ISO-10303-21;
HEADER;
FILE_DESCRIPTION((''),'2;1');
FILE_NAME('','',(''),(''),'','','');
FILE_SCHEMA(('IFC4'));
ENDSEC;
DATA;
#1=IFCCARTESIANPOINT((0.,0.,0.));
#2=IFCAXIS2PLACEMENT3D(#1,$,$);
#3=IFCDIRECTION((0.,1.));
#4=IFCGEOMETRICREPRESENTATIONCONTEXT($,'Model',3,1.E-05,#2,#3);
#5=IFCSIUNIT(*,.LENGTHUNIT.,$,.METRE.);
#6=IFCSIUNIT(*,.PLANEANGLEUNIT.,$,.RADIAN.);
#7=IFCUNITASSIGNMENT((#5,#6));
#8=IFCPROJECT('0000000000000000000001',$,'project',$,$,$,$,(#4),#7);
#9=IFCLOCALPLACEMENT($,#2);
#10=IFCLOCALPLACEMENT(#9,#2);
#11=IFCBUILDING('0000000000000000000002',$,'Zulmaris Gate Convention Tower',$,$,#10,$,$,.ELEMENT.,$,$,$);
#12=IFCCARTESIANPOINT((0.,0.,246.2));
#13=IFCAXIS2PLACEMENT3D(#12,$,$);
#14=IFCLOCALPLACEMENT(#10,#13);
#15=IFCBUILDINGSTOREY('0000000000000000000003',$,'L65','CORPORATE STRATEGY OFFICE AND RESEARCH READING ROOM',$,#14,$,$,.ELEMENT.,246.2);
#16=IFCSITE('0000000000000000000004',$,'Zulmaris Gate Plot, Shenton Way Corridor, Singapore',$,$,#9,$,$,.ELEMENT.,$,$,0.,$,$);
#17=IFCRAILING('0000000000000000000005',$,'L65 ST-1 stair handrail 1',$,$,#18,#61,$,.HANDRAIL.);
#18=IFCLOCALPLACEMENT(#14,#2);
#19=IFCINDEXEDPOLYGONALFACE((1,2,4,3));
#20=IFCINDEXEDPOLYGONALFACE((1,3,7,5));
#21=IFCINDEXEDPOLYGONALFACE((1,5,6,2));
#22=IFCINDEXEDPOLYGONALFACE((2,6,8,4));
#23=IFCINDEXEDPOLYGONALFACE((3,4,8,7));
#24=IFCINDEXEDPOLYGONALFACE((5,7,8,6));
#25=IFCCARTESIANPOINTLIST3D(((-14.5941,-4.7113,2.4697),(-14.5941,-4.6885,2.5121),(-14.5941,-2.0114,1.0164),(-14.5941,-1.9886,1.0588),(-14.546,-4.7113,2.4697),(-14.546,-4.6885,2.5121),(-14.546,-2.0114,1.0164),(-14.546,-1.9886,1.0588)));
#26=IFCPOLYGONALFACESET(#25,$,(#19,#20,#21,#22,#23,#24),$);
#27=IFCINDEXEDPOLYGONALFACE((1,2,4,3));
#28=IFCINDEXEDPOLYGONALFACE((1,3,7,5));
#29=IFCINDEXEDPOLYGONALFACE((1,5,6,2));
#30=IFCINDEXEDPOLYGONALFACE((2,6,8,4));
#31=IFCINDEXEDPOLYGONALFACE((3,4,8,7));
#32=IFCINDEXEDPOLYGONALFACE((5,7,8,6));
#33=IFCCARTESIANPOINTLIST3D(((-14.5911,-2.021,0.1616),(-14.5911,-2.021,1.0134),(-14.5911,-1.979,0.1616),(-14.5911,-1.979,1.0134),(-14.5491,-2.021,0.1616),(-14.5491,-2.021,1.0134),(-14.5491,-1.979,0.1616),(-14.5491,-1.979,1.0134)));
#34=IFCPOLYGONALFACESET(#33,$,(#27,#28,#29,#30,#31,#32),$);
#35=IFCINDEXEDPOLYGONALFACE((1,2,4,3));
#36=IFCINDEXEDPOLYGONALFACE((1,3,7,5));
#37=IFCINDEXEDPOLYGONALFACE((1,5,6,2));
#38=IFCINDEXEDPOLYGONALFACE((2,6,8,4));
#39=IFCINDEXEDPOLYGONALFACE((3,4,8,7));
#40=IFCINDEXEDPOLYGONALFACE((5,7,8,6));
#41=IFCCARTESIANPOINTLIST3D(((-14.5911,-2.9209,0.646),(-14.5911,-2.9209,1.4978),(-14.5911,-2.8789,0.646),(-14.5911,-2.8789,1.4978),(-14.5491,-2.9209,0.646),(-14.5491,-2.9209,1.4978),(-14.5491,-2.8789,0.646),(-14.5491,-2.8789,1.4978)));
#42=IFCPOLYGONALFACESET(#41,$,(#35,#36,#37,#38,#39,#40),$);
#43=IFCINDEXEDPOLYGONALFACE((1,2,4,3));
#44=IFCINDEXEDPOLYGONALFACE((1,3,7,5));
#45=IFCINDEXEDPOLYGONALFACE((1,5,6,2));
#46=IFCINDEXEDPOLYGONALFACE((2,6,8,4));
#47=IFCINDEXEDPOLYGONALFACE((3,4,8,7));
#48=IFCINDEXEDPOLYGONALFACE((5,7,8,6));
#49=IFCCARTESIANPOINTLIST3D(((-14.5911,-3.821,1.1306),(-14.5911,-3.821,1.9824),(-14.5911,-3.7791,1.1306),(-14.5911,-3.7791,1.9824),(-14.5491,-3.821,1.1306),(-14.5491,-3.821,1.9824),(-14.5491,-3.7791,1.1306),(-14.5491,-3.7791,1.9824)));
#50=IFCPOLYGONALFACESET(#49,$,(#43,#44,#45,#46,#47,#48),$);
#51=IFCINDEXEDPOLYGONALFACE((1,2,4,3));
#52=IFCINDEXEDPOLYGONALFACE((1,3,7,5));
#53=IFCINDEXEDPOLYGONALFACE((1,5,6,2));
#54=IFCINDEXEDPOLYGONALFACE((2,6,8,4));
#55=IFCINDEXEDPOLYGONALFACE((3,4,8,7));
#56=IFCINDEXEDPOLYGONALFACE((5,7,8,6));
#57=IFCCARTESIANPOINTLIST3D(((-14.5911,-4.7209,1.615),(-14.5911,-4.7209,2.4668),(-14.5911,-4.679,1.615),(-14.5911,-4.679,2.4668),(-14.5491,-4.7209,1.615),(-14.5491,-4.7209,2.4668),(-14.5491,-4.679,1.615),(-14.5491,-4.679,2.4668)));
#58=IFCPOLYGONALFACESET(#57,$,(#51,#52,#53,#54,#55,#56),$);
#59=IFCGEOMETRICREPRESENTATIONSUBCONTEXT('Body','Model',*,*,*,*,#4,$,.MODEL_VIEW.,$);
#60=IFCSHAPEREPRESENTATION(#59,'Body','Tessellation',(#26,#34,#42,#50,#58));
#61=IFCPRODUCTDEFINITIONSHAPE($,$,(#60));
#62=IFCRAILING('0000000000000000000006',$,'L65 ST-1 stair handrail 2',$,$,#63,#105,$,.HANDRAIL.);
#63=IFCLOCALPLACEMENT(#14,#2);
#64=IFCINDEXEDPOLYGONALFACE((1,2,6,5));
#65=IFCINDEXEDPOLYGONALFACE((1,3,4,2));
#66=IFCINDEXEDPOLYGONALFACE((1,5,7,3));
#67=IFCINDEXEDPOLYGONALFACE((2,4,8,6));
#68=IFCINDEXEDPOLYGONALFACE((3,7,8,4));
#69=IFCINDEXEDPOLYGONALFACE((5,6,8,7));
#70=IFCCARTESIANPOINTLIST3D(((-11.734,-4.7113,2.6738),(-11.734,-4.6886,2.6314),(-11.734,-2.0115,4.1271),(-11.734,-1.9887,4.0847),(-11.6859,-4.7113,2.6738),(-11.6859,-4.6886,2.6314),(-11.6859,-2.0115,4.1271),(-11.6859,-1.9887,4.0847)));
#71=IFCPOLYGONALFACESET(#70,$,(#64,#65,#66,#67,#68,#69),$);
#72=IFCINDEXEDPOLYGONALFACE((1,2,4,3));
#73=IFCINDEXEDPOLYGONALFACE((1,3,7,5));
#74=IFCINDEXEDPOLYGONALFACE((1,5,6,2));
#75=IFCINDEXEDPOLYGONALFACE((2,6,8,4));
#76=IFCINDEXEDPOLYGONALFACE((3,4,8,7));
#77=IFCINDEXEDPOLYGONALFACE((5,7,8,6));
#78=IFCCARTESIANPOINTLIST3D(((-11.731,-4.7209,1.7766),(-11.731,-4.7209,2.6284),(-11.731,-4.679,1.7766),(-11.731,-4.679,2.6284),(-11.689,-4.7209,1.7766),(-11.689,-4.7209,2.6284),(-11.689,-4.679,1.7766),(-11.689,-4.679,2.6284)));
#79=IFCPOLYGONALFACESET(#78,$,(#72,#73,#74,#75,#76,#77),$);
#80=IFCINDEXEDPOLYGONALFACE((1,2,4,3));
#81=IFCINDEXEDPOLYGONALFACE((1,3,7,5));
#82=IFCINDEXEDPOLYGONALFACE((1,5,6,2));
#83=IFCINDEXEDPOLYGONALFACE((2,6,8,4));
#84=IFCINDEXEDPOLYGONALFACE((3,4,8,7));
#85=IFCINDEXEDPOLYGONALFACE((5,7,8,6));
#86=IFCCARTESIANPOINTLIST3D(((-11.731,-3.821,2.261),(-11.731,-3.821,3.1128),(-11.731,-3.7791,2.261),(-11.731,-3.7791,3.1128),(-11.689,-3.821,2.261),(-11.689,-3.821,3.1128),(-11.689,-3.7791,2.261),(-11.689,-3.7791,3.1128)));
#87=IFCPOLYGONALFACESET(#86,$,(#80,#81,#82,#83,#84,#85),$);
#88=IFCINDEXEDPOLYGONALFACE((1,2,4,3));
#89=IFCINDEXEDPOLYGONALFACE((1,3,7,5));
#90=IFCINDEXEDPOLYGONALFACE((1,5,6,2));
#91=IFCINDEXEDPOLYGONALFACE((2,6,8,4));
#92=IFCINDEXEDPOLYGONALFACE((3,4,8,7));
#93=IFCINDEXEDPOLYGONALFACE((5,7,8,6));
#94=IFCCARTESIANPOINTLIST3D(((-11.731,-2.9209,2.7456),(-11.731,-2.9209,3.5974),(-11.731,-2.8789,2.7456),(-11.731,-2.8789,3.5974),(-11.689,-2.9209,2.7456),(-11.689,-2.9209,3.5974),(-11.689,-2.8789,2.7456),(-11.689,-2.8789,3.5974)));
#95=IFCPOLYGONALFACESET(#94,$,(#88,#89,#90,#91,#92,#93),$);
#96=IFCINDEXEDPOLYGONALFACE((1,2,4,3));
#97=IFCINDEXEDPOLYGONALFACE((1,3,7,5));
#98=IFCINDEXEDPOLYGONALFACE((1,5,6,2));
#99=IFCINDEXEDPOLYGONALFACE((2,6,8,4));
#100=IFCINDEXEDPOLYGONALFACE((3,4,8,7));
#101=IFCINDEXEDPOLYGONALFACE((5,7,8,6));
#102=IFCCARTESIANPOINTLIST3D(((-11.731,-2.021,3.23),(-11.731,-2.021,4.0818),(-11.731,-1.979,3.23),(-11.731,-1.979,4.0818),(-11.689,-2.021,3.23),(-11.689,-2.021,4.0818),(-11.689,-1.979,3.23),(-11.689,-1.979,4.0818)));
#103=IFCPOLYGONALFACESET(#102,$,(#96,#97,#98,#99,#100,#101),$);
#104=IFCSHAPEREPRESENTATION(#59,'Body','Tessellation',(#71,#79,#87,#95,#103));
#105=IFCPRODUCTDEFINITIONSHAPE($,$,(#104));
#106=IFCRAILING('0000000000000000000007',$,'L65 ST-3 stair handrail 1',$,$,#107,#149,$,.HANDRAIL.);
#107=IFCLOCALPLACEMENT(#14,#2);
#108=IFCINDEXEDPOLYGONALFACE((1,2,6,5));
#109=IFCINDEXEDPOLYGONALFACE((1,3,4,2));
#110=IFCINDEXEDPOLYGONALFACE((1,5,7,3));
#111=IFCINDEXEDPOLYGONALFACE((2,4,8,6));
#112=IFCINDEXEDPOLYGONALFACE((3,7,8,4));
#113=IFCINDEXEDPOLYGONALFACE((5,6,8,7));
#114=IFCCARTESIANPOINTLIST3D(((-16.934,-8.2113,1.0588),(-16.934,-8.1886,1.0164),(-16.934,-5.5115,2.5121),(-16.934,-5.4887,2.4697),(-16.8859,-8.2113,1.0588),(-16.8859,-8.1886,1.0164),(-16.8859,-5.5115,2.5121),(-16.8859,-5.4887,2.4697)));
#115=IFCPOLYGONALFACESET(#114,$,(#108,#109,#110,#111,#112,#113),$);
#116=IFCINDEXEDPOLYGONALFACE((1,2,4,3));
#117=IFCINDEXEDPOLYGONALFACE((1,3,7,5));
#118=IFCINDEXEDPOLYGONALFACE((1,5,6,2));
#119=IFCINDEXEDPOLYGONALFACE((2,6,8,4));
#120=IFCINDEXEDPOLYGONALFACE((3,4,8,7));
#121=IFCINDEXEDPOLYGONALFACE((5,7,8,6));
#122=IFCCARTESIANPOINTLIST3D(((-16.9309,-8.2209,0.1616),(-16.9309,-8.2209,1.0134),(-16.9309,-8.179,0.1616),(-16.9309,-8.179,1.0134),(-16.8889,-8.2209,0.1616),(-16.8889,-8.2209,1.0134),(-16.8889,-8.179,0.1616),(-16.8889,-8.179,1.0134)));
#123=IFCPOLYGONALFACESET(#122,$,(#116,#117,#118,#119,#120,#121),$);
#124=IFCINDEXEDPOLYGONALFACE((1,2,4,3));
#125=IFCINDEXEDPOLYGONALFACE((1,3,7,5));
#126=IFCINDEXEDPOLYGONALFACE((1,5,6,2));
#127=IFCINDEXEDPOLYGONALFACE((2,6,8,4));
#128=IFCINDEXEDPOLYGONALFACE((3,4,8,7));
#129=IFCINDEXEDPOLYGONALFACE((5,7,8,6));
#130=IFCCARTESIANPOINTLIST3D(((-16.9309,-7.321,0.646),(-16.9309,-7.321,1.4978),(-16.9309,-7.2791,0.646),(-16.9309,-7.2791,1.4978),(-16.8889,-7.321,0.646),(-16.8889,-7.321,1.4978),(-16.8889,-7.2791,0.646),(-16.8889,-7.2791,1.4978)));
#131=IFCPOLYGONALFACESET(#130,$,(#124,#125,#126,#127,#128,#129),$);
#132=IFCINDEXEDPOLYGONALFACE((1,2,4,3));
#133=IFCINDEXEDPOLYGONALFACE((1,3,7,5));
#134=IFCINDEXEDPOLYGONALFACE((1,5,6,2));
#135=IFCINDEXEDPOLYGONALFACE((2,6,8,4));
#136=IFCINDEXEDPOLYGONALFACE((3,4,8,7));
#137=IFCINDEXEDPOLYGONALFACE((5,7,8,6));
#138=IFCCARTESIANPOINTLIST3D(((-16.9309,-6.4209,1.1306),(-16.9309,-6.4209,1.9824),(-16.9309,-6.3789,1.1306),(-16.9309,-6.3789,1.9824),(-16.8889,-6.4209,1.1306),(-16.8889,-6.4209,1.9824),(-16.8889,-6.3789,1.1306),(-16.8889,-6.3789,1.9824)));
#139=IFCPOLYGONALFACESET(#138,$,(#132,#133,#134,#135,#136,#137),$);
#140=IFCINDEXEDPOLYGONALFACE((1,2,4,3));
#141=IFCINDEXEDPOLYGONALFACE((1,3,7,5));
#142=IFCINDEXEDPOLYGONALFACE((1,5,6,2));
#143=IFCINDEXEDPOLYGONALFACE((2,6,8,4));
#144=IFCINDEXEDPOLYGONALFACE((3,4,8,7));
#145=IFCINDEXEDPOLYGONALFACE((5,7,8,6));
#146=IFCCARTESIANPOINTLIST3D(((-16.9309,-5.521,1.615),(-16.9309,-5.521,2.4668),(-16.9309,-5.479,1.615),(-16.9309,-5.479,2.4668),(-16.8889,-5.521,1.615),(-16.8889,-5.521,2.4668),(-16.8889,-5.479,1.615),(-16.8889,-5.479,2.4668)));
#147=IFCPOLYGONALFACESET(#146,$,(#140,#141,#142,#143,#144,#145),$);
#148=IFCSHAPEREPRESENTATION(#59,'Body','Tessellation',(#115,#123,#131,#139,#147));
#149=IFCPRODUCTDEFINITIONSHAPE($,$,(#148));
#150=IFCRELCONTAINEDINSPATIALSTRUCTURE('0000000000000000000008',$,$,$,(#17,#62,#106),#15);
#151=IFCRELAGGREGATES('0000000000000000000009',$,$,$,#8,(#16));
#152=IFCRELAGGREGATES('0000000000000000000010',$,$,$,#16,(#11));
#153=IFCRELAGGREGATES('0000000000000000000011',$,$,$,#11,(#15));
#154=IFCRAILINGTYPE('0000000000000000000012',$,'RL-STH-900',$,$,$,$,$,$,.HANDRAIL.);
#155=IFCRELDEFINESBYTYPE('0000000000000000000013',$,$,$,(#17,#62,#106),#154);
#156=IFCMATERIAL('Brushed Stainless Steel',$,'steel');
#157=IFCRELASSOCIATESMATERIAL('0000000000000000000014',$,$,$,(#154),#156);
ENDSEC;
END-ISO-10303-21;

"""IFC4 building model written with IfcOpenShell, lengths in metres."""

from ifc_helpers import new_model, si_unit, direction, frame, origin, origin_2d, place, context, subcontext, project, spatial, rectangle, extrude, material, type_object, element, save


model = new_model("IFC4")

# Units and contexts
model_context = context("Model", 3, precision=1e-05, world=origin(), true_north=direction((0.0, 1.0)))
body_context = subcontext(model_context, "Body", "Model", "MODEL_VIEW")
ifc_project = project(units=[si_unit("LENGTHUNIT", "METRE"), si_unit("PLANEANGLEUNIT", "RADIAN")], contexts=[model_context])

# Site, building, storey
site_placement = place(None, origin())
site = spatial("IfcSite", under=ifc_project, at=site_placement, Name="Zulmaris Gate Plot, Shenton Way Corridor, Singapore", CompositionType="ELEMENT", RefElevation=0.0)
building_placement = place(site_placement, origin())
building = spatial("IfcBuilding", under=site, at=building_placement, Name="Zulmaris Gate Convention Tower", CompositionType="ELEMENT")
storey_placement = place(building_placement, frame((0.0, 0.0, 246.2)))
storey = spatial("IfcBuildingStorey", under=building, at=storey_placement, Name="L65", Description="CORPORATE STRATEGY OFFICE AND RESEARCH READING ROOM", CompositionType="ELEMENT", Elevation=246.2)

# Railings
ifc_material_1 = material(Name="Brushed Stainless Steel", Category="steel")
railing_type_1 = type_object("IfcRailingType", Name="RL-STH-900", PredefinedType="HANDRAIL", material=ifc_material_1)
railing_1_placement = place(storey_placement, frame((-14.5701, -2.0, 0.1616)))
element("IfcRailing", 1, at=railing_1_placement, inside=storey, type_object=railing_type_1, Name="L65 ST-1 stair handrail 1", PredefinedType="HANDRAIL", context=body_context, shape_type="SweptSolid", body=[
    extrude(rectangle(XDim=0.0481, YDim=0.0481, at=origin_2d()), frame((0.0, 0.0, 0.876), z_axis=(0.0, -0.880532, 0.473986), x_axis=(1.0, 0.0, 0.0)), (0.0, 0.0, 1.0), 3.0662),
    extrude(rectangle(XDim=0.042, YDim=0.042, at=origin_2d()), origin(), (0.0, 0.0, 1.0), 0.8518),
    extrude(rectangle(XDim=0.042, YDim=0.042, at=origin_2d()), frame((0.0, -0.8999, 0.4844)), (0.0, 0.0, 1.0), 0.8518),
    extrude(rectangle(XDim=0.042, YDim=0.042, at=origin_2d()), frame((0.0, -1.8, 0.969)), (0.0, 0.0, 1.0), 0.8518),
    extrude(rectangle(XDim=0.042, YDim=0.042, at=origin_2d()), frame((0.0, -2.7, 1.4534)), (0.0, 0.0, 1.0), 0.8518),
])
for number, where, name in (
    (2, (-11.71, -4.7, 1.7766), "L65 ST-1 stair handrail 2"),
    (3, (-16.9099, -8.2, 0.1616), "L65 ST-3 stair handrail 1"),
):
    element("IfcRailing", number, at=place(storey_placement, frame(where)), inside=storey, type_object=railing_type_1, Name=name, PredefinedType="HANDRAIL", context=body_context, shape_type="SweptSolid", body=[
        extrude(rectangle(XDim=0.0481, YDim=0.0481, at=origin_2d()), frame((0.0, 0.0, 0.876), z_axis=(0.0, 0.880532, 0.473986), x_axis=(-1.0, 0.0, 0.0)), (0.0, 0.0, 1.0), 3.0662),
        extrude(rectangle(XDim=0.042, YDim=0.042, at=origin_2d()), origin(), (0.0, 0.0, 1.0), 0.8518),
        extrude(rectangle(XDim=0.042, YDim=0.042, at=origin_2d()), frame((0.0, 0.8999, 0.4844)), (0.0, 0.0, 1.0), 0.8518),
        extrude(rectangle(XDim=0.042, YDim=0.042, at=origin_2d()), frame((0.0, 1.8, 0.969)), (0.0, 0.0, 1.0), 0.8518),
        extrude(rectangle(XDim=0.042, YDim=0.042, at=origin_2d()), frame((0.0, 2.7, 1.4534)), (0.0, 0.0, 1.0), 0.8518),
    ])

save(model, "model.ifc")
